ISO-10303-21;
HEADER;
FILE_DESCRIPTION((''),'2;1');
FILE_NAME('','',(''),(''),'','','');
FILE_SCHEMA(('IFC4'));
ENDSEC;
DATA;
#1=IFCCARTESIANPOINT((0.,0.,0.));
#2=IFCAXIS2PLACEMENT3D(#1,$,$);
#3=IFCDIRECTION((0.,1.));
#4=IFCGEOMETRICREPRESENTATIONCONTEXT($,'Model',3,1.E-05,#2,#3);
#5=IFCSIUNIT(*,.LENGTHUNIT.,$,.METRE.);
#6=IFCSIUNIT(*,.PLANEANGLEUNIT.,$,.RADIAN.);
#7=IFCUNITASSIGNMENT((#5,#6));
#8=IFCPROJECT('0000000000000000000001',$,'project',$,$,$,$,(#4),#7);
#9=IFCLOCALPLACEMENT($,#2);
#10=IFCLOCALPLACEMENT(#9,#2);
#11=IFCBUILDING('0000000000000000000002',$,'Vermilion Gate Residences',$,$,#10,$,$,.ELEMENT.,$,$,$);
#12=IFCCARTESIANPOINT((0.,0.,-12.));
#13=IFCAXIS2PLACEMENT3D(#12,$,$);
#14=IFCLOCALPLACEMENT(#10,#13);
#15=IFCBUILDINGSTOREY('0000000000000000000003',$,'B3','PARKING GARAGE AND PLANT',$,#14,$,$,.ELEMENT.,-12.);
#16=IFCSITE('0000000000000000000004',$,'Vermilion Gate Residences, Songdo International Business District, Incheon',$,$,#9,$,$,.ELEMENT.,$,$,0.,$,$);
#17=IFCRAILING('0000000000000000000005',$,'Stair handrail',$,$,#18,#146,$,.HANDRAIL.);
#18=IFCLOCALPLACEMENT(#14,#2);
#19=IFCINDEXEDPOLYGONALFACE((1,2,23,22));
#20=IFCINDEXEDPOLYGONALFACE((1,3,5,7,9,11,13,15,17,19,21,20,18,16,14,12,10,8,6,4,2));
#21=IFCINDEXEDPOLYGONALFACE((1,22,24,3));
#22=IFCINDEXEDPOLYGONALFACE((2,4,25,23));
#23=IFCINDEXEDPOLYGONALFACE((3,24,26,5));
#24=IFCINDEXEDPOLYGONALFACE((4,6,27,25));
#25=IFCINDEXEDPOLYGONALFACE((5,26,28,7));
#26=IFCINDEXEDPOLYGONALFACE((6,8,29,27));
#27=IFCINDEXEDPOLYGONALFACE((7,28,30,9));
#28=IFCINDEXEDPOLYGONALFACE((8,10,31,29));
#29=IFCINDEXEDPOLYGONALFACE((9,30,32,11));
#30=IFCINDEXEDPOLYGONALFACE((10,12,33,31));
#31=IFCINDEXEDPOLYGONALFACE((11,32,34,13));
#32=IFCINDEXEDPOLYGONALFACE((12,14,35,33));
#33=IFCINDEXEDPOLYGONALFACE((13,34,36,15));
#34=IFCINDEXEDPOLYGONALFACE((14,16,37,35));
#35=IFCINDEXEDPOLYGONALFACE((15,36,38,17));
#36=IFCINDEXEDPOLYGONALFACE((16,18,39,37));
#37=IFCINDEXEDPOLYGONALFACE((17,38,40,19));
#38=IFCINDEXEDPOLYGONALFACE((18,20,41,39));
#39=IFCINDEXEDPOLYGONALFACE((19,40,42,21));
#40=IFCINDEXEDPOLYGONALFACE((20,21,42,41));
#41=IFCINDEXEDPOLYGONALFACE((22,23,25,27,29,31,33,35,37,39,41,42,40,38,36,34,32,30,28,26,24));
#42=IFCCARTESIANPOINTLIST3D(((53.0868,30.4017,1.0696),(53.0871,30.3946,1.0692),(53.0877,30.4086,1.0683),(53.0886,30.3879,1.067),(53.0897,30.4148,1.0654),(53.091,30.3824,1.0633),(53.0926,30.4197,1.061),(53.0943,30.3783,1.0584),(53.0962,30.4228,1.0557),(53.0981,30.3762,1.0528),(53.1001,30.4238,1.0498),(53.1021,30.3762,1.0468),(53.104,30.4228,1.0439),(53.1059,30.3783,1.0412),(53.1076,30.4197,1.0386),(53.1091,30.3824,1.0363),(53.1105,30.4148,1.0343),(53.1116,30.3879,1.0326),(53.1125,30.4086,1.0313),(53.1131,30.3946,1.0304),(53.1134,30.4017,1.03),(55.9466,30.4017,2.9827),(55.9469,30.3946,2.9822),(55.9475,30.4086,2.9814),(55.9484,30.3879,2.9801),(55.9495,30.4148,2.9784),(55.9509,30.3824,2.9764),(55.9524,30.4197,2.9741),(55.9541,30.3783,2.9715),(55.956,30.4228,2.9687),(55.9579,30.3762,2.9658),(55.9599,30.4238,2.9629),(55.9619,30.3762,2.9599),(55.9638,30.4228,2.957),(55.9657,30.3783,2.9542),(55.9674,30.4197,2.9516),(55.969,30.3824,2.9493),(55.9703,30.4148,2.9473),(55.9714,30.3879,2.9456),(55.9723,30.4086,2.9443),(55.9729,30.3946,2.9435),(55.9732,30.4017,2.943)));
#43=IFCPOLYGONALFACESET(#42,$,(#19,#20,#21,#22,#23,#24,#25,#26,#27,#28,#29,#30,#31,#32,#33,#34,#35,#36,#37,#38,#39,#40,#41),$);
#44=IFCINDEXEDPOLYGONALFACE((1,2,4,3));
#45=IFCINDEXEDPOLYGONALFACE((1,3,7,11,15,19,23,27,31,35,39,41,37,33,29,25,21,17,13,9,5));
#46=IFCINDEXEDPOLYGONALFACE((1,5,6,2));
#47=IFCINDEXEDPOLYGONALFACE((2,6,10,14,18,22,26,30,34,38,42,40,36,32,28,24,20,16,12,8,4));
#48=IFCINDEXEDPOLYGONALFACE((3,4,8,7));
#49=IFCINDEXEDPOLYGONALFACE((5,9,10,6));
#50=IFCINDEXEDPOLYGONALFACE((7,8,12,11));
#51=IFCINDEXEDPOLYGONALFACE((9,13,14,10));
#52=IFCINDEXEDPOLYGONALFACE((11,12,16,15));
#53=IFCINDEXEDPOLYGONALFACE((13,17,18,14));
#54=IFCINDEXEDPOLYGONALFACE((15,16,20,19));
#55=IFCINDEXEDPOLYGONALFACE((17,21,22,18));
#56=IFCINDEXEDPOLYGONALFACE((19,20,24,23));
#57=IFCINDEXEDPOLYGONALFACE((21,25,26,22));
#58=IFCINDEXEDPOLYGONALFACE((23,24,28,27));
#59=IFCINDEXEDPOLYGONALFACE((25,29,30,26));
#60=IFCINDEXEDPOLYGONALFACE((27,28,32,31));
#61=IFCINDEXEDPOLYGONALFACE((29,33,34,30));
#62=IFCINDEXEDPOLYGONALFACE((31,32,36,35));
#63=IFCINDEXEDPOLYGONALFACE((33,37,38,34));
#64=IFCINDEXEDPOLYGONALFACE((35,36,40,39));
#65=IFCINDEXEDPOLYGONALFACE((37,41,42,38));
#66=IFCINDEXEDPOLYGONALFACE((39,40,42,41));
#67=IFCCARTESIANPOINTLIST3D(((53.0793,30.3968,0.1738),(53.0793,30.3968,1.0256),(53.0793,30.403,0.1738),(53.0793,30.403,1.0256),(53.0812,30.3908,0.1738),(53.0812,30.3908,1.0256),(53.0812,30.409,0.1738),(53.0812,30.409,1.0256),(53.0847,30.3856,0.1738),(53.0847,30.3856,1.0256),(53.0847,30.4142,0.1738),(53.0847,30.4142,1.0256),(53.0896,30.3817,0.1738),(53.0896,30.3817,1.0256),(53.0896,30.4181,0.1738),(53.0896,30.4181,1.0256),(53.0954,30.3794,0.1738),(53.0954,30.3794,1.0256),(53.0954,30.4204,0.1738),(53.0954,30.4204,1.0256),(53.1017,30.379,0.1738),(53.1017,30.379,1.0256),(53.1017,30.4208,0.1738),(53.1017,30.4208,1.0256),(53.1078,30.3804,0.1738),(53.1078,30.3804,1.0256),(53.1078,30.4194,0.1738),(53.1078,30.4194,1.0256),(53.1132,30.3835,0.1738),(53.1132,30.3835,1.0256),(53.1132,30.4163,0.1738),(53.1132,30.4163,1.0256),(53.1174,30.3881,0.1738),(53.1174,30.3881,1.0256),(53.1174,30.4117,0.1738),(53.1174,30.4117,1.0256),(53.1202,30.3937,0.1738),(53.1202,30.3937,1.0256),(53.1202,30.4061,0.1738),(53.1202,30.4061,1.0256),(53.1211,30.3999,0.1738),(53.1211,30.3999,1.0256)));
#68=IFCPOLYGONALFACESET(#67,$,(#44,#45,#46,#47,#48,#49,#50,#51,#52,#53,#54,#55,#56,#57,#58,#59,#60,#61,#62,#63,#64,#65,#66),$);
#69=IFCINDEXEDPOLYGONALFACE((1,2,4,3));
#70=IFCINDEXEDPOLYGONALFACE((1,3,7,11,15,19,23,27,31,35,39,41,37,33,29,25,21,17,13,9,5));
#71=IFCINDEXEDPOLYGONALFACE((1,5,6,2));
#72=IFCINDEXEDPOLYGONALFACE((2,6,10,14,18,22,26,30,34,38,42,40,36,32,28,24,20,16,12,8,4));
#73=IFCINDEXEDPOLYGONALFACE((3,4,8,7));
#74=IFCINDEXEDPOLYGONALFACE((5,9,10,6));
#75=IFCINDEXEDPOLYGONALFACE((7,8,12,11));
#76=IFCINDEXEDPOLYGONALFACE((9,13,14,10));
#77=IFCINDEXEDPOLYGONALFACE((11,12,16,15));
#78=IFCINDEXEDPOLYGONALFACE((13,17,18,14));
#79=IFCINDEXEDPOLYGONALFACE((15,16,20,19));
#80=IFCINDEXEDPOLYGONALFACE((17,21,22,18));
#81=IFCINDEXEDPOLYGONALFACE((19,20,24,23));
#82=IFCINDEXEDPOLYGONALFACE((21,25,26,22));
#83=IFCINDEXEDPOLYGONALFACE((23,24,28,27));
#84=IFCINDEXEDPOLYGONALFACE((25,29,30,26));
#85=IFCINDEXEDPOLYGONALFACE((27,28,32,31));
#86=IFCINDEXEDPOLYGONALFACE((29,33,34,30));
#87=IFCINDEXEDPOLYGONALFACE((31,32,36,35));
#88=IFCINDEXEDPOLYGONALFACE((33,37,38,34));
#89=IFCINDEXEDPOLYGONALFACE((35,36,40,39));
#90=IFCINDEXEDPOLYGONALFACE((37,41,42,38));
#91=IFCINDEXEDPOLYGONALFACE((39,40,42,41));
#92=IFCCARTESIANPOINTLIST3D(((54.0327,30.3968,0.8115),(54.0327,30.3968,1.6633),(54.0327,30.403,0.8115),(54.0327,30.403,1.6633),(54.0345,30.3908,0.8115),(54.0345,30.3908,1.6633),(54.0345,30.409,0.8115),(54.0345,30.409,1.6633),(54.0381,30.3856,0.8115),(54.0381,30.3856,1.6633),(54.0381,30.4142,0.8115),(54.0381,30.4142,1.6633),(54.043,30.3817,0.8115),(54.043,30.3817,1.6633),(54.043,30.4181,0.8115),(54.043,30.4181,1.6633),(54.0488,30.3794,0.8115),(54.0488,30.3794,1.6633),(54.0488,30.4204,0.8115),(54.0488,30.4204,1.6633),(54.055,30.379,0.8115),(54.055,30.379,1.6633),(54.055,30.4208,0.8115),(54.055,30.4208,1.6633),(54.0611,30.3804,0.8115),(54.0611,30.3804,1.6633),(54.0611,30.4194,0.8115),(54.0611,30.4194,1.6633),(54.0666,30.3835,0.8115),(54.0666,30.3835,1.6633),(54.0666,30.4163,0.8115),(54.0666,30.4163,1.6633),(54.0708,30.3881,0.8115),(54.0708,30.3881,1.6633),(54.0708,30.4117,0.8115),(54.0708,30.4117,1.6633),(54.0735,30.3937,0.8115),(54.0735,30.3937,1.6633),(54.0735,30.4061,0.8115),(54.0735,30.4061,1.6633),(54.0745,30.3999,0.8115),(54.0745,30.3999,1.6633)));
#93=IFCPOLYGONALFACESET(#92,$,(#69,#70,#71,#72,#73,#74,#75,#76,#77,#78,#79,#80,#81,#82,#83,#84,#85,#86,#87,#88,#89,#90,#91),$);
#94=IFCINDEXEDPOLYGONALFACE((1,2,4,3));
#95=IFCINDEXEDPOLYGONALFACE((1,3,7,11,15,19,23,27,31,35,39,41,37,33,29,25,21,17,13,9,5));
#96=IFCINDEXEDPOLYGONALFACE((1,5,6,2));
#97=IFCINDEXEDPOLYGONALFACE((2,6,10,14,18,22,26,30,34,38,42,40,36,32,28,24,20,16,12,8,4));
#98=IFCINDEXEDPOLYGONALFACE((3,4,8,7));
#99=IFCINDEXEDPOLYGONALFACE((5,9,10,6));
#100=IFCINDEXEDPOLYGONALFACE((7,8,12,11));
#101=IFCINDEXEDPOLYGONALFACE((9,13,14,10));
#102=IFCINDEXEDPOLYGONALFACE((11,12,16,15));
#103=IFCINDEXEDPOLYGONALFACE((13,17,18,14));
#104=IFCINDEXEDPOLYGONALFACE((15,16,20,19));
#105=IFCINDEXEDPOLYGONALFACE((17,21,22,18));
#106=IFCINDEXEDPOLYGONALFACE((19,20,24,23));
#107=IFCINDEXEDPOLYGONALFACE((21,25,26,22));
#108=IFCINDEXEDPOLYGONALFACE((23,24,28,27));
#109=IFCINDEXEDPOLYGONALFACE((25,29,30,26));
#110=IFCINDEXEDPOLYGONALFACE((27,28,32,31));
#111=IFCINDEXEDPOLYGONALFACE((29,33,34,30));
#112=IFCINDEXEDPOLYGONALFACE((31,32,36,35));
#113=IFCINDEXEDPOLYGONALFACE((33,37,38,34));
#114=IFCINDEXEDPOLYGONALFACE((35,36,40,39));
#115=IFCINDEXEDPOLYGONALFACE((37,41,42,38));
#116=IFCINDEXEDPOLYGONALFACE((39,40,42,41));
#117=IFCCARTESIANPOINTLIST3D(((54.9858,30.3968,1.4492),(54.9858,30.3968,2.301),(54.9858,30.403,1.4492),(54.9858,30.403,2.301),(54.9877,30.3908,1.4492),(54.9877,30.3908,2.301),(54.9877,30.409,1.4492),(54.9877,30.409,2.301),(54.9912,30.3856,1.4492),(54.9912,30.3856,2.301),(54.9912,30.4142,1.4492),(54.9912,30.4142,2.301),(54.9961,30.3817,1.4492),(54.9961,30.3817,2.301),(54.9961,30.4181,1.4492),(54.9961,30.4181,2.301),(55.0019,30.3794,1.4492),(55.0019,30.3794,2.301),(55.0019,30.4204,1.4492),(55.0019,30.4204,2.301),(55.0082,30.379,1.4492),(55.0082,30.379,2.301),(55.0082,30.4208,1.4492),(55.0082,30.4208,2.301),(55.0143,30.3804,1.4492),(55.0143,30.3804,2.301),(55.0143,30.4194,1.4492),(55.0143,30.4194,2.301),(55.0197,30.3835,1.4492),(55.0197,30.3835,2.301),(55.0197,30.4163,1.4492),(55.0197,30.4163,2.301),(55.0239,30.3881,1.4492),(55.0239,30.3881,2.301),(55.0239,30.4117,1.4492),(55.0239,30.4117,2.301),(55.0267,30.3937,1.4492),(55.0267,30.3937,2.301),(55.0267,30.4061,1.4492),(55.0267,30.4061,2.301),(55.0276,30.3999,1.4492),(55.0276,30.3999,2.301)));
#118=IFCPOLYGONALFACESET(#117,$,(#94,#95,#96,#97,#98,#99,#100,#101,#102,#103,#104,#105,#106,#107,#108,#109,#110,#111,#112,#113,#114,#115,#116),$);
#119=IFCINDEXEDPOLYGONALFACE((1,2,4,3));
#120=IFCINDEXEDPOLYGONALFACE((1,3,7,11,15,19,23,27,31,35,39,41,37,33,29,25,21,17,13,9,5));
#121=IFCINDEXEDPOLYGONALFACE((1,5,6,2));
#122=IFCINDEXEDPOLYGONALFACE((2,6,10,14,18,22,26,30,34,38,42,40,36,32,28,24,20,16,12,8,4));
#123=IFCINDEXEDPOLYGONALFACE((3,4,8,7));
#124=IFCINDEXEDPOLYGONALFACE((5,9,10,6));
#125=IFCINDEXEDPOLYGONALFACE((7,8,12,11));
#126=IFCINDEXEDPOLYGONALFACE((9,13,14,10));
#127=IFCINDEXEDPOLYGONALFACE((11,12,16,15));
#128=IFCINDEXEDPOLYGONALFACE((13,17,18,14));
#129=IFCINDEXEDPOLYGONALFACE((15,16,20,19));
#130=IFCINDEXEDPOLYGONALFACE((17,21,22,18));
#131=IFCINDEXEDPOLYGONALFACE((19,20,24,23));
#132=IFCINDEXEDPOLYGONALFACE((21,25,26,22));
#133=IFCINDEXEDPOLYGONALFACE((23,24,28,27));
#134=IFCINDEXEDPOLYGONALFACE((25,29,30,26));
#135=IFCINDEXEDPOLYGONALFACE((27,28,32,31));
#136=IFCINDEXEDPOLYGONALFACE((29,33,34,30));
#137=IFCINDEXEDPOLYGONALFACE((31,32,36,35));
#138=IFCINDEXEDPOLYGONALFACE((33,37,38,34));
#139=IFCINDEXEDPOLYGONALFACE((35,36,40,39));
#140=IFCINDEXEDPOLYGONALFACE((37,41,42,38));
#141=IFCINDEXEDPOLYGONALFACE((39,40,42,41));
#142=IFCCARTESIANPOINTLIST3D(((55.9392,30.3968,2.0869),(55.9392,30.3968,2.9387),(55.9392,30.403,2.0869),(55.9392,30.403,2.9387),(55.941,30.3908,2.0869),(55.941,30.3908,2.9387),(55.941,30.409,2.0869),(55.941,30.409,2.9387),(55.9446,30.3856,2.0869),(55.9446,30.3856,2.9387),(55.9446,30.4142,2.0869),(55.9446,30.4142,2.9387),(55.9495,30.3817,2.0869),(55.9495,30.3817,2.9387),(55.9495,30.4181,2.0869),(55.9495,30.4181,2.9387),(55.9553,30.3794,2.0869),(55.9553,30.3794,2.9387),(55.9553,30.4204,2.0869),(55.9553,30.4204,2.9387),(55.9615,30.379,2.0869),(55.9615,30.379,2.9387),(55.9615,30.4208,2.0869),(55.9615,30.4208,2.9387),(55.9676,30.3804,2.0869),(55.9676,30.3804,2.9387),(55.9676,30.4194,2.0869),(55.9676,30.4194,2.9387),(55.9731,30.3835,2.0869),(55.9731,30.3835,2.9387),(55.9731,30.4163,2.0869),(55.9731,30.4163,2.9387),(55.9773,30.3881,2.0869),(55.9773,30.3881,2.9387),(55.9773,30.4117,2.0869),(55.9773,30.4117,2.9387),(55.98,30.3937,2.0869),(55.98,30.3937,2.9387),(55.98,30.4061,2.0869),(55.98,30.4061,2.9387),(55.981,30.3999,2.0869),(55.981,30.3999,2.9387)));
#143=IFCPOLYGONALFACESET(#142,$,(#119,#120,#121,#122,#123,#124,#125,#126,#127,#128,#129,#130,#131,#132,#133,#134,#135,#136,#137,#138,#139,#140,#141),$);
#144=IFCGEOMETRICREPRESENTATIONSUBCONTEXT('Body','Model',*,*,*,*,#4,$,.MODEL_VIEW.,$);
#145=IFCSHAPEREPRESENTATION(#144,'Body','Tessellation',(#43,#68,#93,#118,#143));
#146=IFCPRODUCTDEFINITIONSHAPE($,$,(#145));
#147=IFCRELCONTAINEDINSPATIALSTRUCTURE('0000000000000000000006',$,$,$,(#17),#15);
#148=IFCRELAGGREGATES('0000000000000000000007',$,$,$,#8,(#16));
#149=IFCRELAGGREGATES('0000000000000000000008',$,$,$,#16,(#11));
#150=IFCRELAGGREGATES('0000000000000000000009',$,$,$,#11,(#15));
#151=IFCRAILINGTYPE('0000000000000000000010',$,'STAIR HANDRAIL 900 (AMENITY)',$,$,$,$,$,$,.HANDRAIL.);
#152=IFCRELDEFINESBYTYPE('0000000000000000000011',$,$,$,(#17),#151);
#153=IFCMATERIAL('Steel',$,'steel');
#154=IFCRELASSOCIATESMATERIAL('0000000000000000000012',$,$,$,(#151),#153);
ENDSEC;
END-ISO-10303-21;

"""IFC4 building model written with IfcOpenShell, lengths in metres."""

from ifc_helpers import new_model, si_unit, direction, frame, origin, origin_2d, place, context, subcontext, project, spatial, circle, extrude, material, type_object, element, save


model = new_model("IFC4")

# Units and contexts
model_context = context("Model", 3, precision=1e-05, world=origin(), true_north=direction((0.0, 1.0)))
body_context = subcontext(model_context, "Body", "Model", "MODEL_VIEW")
ifc_project = project(units=[si_unit("LENGTHUNIT", "METRE"), si_unit("PLANEANGLEUNIT", "RADIAN")], contexts=[model_context])

# Site, building, storey
site_placement = place(None, origin())
site = spatial("IfcSite", under=ifc_project, at=site_placement, Name="Vermilion Gate Residences, Songdo International Business District, Incheon", CompositionType="ELEMENT", RefElevation=0.0)
building_placement = place(site_placement, origin())
building = spatial("IfcBuilding", under=site, at=building_placement, Name="Vermilion Gate Residences", CompositionType="ELEMENT")
storey_placement = place(building_placement, frame((0.0, 0.0, -12.0)))
storey = spatial("IfcBuildingStorey", under=building, at=storey_placement, Name="B3", Description="PARKING GARAGE AND PLANT", CompositionType="ELEMENT", Elevation=-12.0)

# Railing
ifc_material_1 = material(Name="Steel", Category="steel")
railing_type = type_object("IfcRailingType", Name="STAIR HANDRAIL 900 (AMENITY)", PredefinedType="HANDRAIL", material=ifc_material_1)
railing_1_placement = place(storey_placement, frame((53.1001, 30.3999, 0.1738)))
element("IfcRailing", 1, at=railing_1_placement, inside=storey, type_object=railing_type, Name="Stair handrail", PredefinedType="HANDRAIL", context=body_context, shape_type="SweptSolid", body=[
    extrude(circle(Radius=0.0239, at=origin_2d()), frame((0.0, 0.0, 0.876), z_axis=(0.831176, 0.0, 0.556009), x_axis=(0.0, 1.0, 0.0)), (0.0, 0.0, 1.0), 3.4407),
    extrude(circle(Radius=0.021, at=origin_2d()), origin(), (0.0, 0.0, 1.0), 0.8518),
    extrude(circle(Radius=0.021, at=origin_2d()), frame((0.9534, 0.0, 0.6377)), (0.0, 0.0, 1.0), 0.8518),
    extrude(circle(Radius=0.021, at=origin_2d()), frame((1.9065, 0.0, 1.2754)), (0.0, 0.0, 1.0), 0.8518),
    extrude(circle(Radius=0.021, at=origin_2d()), frame((2.8599, 0.0, 1.9131)), (0.0, 0.0, 1.0), 0.8518),
])

save(model, "model.ifc")
